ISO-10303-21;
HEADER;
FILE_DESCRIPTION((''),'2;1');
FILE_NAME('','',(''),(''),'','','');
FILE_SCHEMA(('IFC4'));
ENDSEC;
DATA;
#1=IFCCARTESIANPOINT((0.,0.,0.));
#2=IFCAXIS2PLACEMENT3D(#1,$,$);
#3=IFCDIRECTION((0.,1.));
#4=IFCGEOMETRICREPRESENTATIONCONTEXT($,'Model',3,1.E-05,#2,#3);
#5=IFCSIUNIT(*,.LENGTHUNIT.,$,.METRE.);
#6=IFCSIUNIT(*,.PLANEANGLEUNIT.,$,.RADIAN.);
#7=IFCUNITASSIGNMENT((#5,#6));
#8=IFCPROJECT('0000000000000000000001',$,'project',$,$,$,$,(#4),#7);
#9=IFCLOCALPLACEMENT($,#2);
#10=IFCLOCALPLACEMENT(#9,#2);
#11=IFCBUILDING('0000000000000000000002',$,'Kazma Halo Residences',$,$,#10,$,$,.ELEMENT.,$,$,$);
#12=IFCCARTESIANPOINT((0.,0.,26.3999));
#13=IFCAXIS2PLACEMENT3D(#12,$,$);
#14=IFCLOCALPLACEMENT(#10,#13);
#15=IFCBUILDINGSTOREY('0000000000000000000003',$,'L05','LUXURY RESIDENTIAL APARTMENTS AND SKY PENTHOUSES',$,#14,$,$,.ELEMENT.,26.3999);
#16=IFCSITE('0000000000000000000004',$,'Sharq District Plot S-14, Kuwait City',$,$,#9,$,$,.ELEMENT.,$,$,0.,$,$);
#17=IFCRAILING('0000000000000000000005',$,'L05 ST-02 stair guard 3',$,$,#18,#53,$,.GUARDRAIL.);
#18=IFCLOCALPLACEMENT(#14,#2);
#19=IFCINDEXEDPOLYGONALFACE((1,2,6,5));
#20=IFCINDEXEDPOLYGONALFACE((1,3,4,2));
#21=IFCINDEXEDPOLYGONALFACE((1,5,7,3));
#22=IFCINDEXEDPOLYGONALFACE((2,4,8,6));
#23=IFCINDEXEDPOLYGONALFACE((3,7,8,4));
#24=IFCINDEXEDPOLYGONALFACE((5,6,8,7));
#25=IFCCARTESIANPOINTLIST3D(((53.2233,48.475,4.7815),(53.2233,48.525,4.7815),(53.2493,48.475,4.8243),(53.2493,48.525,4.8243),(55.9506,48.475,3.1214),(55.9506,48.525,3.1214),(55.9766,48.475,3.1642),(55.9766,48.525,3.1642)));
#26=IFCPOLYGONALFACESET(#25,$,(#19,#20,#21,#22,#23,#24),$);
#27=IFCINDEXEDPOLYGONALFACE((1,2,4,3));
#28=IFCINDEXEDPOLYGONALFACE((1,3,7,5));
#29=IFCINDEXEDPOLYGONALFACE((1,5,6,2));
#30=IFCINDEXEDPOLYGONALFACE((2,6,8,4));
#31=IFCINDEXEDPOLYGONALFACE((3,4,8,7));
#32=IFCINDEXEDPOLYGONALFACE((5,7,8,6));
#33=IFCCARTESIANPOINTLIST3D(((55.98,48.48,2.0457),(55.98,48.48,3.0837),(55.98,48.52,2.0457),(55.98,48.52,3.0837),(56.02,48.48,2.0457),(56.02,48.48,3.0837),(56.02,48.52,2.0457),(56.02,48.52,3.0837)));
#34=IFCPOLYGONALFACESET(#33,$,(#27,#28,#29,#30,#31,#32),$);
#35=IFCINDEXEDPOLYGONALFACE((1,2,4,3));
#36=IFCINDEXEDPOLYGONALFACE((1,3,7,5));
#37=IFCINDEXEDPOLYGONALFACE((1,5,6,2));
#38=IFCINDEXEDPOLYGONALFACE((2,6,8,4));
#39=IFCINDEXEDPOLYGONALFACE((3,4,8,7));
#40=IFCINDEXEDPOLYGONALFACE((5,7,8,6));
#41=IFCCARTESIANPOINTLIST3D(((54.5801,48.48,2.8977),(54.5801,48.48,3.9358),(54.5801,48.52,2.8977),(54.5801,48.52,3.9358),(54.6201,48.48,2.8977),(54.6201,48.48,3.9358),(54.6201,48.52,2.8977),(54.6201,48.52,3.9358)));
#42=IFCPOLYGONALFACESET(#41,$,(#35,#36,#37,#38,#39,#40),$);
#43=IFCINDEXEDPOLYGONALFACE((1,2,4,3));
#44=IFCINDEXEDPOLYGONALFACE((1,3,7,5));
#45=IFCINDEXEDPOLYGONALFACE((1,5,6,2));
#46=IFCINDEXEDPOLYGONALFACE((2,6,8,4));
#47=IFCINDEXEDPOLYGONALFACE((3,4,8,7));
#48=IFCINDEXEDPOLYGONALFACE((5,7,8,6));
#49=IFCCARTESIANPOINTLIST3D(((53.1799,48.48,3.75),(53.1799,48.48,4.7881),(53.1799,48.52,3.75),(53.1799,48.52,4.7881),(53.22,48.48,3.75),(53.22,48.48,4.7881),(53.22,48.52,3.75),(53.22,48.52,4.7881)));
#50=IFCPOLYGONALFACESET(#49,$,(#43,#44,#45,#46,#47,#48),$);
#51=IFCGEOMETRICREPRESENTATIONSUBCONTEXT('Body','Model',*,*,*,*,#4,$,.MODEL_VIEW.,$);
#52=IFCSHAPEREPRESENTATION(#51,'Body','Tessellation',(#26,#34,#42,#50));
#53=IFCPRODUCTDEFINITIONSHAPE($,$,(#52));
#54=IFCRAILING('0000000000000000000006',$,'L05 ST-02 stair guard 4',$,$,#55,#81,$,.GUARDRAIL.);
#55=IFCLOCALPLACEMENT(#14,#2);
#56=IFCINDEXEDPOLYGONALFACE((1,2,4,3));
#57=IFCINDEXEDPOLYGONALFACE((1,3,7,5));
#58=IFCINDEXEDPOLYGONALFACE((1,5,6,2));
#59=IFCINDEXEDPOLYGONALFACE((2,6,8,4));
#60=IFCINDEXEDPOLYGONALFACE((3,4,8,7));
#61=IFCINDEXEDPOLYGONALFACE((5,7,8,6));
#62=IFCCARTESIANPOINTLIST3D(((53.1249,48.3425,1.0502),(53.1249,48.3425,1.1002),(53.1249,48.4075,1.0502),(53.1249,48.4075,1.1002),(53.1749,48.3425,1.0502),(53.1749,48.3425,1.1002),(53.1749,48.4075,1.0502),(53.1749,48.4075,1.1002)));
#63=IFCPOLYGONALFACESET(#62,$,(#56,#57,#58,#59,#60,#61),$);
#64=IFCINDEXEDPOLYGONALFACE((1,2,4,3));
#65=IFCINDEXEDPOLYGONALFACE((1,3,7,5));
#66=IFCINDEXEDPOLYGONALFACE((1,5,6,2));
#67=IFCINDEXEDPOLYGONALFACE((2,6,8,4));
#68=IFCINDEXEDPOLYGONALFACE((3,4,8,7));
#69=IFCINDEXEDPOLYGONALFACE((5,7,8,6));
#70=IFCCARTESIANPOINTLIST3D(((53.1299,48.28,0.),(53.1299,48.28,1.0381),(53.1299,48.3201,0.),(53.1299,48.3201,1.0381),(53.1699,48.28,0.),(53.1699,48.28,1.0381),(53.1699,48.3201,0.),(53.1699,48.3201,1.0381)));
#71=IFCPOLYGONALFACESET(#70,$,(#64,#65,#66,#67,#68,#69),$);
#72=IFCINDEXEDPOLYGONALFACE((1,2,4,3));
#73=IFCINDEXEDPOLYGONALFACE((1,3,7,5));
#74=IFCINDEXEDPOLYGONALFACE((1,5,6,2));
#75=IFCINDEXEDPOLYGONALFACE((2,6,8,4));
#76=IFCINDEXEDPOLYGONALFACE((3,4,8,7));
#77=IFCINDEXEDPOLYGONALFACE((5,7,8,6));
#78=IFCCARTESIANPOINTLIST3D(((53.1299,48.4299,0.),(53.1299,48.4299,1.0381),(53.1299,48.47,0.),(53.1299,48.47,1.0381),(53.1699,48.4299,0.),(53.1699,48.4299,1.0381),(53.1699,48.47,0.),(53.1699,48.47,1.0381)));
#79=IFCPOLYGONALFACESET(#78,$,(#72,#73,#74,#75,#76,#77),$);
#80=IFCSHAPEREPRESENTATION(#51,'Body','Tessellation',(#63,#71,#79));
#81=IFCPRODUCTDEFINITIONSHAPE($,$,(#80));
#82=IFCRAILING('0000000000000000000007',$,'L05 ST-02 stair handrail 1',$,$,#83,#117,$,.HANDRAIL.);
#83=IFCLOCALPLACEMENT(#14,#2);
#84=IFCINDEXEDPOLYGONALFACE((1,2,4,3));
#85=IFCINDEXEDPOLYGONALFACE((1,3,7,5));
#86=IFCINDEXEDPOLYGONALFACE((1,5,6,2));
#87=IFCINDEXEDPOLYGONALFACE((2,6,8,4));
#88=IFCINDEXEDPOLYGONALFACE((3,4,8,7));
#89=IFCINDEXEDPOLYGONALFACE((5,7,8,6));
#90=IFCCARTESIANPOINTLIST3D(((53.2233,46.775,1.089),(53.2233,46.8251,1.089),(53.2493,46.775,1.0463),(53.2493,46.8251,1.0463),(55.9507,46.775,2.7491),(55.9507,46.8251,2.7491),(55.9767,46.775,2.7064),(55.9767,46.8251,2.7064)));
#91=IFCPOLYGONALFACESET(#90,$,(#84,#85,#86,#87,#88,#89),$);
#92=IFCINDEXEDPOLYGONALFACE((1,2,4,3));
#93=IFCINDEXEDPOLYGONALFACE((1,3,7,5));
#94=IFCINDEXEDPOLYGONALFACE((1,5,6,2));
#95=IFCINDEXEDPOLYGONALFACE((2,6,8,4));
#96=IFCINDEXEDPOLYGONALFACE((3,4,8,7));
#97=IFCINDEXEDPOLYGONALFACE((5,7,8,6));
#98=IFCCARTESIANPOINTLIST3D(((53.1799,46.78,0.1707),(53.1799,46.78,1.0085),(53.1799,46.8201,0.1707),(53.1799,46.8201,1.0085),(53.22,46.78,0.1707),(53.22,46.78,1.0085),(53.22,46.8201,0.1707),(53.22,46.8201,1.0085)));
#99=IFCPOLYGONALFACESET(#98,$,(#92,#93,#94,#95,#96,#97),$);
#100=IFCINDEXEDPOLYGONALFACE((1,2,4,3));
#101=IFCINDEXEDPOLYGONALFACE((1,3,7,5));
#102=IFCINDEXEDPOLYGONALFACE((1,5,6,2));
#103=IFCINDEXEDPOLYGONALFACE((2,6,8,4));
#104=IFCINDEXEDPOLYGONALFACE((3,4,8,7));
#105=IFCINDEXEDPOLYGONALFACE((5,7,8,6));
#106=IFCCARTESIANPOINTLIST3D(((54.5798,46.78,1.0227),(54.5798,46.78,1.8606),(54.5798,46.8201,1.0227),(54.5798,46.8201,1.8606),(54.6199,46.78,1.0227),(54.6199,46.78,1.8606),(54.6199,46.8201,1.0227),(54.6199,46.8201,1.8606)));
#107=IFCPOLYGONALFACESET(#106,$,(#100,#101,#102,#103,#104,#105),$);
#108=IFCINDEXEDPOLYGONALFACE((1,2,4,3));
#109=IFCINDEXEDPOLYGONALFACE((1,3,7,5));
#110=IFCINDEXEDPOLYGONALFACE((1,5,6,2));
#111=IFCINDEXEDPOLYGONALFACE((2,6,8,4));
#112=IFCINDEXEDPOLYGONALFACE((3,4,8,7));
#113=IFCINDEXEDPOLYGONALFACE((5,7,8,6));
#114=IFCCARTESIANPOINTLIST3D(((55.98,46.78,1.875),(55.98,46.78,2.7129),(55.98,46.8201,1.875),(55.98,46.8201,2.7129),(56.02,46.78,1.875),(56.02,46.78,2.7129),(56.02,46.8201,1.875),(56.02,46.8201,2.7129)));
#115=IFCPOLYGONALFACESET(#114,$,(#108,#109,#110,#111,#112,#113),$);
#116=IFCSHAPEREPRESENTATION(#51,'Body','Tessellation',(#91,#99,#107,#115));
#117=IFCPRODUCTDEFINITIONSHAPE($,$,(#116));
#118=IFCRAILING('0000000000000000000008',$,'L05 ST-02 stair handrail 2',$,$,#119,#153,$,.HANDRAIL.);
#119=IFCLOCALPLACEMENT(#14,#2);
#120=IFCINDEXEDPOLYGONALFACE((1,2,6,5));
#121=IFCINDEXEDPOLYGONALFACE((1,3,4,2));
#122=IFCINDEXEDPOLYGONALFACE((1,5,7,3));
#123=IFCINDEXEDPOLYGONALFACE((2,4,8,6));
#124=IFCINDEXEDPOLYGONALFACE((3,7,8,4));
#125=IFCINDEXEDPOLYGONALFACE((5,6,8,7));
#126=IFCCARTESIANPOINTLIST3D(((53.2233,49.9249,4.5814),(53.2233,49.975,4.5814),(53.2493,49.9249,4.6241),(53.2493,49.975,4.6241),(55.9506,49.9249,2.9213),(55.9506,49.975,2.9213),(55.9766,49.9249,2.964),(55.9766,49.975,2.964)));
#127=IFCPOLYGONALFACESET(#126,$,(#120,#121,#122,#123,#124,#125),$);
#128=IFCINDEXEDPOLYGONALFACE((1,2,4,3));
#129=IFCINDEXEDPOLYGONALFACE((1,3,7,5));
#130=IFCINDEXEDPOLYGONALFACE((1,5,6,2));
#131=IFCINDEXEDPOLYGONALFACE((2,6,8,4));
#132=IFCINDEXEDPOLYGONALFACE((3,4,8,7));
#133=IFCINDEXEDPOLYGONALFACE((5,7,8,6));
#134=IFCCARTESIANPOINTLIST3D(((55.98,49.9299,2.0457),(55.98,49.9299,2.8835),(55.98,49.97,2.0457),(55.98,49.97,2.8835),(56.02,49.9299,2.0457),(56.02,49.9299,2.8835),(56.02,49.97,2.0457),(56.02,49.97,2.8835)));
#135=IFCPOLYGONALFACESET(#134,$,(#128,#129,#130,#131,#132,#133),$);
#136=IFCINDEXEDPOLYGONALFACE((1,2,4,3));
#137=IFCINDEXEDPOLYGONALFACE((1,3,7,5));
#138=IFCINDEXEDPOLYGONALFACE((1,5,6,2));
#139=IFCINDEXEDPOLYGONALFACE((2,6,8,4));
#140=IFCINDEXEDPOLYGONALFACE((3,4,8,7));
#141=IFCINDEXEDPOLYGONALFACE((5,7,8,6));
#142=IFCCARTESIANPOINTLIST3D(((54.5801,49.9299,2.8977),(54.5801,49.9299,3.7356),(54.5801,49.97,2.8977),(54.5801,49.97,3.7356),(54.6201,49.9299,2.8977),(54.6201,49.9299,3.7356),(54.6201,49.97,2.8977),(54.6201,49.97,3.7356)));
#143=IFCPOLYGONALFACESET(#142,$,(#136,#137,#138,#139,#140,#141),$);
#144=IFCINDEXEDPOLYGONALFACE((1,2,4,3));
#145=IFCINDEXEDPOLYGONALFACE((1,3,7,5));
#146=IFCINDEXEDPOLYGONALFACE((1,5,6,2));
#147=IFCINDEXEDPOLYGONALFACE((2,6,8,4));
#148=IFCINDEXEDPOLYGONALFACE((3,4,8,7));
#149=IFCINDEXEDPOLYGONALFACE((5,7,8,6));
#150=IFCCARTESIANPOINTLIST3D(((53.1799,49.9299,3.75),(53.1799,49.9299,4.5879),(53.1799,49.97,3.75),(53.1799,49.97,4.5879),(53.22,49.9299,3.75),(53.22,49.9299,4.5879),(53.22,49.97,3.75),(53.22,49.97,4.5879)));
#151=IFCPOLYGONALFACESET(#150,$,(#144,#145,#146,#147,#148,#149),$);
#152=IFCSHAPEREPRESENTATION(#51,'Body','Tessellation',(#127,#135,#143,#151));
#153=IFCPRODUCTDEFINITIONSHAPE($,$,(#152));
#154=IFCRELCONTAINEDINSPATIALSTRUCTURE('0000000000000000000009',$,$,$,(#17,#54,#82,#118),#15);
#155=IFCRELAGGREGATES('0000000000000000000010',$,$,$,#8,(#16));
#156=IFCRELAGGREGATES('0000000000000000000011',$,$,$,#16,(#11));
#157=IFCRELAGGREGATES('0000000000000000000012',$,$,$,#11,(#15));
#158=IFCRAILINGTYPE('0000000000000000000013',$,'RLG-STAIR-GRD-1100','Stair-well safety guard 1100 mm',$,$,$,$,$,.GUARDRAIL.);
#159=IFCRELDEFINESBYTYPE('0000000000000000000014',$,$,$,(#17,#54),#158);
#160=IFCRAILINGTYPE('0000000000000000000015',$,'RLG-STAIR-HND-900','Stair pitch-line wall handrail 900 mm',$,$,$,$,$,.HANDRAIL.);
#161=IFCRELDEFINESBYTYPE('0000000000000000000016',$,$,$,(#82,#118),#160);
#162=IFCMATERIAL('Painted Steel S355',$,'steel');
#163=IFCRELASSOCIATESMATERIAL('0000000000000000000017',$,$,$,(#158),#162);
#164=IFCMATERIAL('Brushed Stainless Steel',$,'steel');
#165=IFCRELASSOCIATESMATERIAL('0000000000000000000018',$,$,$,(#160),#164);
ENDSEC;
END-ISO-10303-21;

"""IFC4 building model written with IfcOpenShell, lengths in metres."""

from ifc_helpers import new_model, si_unit, direction, frame, origin, origin_2d, place, context, subcontext, project, spatial, rectangle, extrude, material, type_object, element, save


model = new_model("IFC4")

# Units and contexts
model_context = context("Model", 3, precision=1e-05, world=origin(), true_north=direction((0.0, 1.0)))
body_context = subcontext(model_context, "Body", "Model", "MODEL_VIEW")
ifc_project = project(units=[si_unit("LENGTHUNIT", "METRE"), si_unit("PLANEANGLEUNIT", "RADIAN")], contexts=[model_context])

# Site, building, storey
site_placement = place(None, origin())
site = spatial("IfcSite", under=ifc_project, at=site_placement, Name="Sharq District Plot S-14, Kuwait City", CompositionType="ELEMENT", RefElevation=0.0)
building_placement = place(site_placement, origin())
building = spatial("IfcBuilding", under=site, at=building_placement, Name="Kazma Halo Residences", CompositionType="ELEMENT")
storey_placement = place(building_placement, frame((0.0, 0.0, 26.3999)))
storey = spatial("IfcBuildingStorey", under=building, at=storey_placement, Name="L05", Description="LUXURY RESIDENTIAL APARTMENTS AND SKY PENTHOUSES", CompositionType="ELEMENT", Elevation=26.3999)

# Railings
ifc_material_1 = material(Name="Painted Steel S355", Category="steel")
railing_type_1 = type_object("IfcRailingType", Name="RLG-STAIR-GRD-1100", Description="Stair-well safety guard 1100 mm", PredefinedType="GUARDRAIL", material=ifc_material_1)
railing_1_placement = place(storey_placement, frame((56.0, 48.5, 2.0457)))
element("IfcRailing", 1, at=railing_1_placement, inside=storey, type_object=railing_type_1, Name="L05 ST-02 stair guard 3", PredefinedType="GUARDRAIL", context=body_context, shape_type="SweptSolid", body=[
    extrude(rectangle(XDim=0.05, YDim=0.05, at=origin_2d()), frame((-0.0364, 0.0, 1.0972), z_axis=(-0.854203, 0.0, 0.51994), x_axis=(0.0, -1.0, 0.0)), (0.0, 0.0, 1.0), 3.1929),
    extrude(rectangle(XDim=0.04, YDim=0.04, at=origin_2d()), origin(), (0.0, 0.0, 1.0), 1.0381),
    extrude(rectangle(XDim=0.04, YDim=0.04, at=origin_2d()), frame((-1.3999, 0.0, 0.8521)), (0.0, 0.0, 1.0), 1.0381),
    extrude(rectangle(XDim=0.04, YDim=0.04, at=origin_2d()), frame((-2.8, 0.0, 1.7043)), (0.0, 0.0, 1.0), 1.0381),
])
railing_2_placement = place(storey_placement, frame((53.1499, 48.3, 0.0)))
element("IfcRailing", 2, at=railing_2_placement, inside=storey, type_object=railing_type_1, Name="L05 ST-02 stair guard 4", PredefinedType="GUARDRAIL", context=body_context, shape_type="SweptSolid", body=[
    extrude(rectangle(XDim=0.05, YDim=0.05, at=origin_2d()), frame((0.0, 0.0425, 1.0752), z_axis=(0.0, 1.0, 0.0), x_axis=(-1.0, 0.0, 0.0)), (0.0, 0.0, 1.0), 0.0649),
    extrude(rectangle(XDim=0.04, YDim=0.04, at=origin_2d()), origin(), (0.0, 0.0, 1.0), 1.0381),
    extrude(rectangle(XDim=0.04, YDim=0.04, at=origin_2d()), frame((0.0, 0.1499, 0.0)), (0.0, 0.0, 1.0), 1.0381),
])
ifc_material_2 = material(Name="Brushed Stainless Steel", Category="steel")
railing_type_2 = type_object("IfcRailingType", Name="RLG-STAIR-HND-900", Description="Stair pitch-line wall handrail 900 mm", PredefinedType="HANDRAIL", material=ifc_material_2)
railing_3_placement = place(storey_placement, frame((53.2, 46.8, 0.1707)))
element("IfcRailing", 3, at=railing_3_placement, inside=storey, type_object=railing_type_2, Name="L05 ST-02 stair handrail 1", PredefinedType="HANDRAIL", context=body_context, shape_type="SweptSolid", body=[
    extrude(rectangle(XDim=0.05, YDim=0.05, at=origin_2d()), frame((0.0364, 0.0, 0.897), z_axis=(0.854203, 0.0, 0.51994), x_axis=(0.0, 1.0, 0.0)), (0.0, 0.0, 1.0), 3.1929),
    extrude(rectangle(XDim=0.04, YDim=0.04, at=origin_2d()), origin(), (0.0, 0.0, 1.0), 0.8379),
    extrude(rectangle(XDim=0.04, YDim=0.04, at=origin_2d()), frame((1.3999, 0.0, 0.8521)), (0.0, 0.0, 1.0), 0.8379),
    extrude(rectangle(XDim=0.04, YDim=0.04, at=origin_2d()), frame((2.8, 0.0, 1.7043)), (0.0, 0.0, 1.0), 0.8379),
])
railing_4_placement = place(storey_placement, frame((56.0, 49.95, 2.0457)))
element("IfcRailing", 4, at=railing_4_placement, inside=storey, type_object=railing_type_2, Name="L05 ST-02 stair handrail 2", PredefinedType="HANDRAIL", context=body_context, shape_type="SweptSolid", body=[
    extrude(rectangle(XDim=0.05, YDim=0.05, at=origin_2d()), frame((-0.0364, 0.0, 0.897), z_axis=(-0.854203, 0.0, 0.51994), x_axis=(0.0, -1.0, 0.0)), (0.0, 0.0, 1.0), 3.1929),
    extrude(rectangle(XDim=0.04, YDim=0.04, at=origin_2d()), origin(), (0.0, 0.0, 1.0), 0.8379),
    extrude(rectangle(XDim=0.04, YDim=0.04, at=origin_2d()), frame((-1.3999, 0.0, 0.8521)), (0.0, 0.0, 1.0), 0.8379),
    extrude(rectangle(XDim=0.04, YDim=0.04, at=origin_2d()), frame((-2.8, 0.0, 1.7043)), (0.0, 0.0, 1.0), 0.8379),
])

save(model, "model.ifc")
